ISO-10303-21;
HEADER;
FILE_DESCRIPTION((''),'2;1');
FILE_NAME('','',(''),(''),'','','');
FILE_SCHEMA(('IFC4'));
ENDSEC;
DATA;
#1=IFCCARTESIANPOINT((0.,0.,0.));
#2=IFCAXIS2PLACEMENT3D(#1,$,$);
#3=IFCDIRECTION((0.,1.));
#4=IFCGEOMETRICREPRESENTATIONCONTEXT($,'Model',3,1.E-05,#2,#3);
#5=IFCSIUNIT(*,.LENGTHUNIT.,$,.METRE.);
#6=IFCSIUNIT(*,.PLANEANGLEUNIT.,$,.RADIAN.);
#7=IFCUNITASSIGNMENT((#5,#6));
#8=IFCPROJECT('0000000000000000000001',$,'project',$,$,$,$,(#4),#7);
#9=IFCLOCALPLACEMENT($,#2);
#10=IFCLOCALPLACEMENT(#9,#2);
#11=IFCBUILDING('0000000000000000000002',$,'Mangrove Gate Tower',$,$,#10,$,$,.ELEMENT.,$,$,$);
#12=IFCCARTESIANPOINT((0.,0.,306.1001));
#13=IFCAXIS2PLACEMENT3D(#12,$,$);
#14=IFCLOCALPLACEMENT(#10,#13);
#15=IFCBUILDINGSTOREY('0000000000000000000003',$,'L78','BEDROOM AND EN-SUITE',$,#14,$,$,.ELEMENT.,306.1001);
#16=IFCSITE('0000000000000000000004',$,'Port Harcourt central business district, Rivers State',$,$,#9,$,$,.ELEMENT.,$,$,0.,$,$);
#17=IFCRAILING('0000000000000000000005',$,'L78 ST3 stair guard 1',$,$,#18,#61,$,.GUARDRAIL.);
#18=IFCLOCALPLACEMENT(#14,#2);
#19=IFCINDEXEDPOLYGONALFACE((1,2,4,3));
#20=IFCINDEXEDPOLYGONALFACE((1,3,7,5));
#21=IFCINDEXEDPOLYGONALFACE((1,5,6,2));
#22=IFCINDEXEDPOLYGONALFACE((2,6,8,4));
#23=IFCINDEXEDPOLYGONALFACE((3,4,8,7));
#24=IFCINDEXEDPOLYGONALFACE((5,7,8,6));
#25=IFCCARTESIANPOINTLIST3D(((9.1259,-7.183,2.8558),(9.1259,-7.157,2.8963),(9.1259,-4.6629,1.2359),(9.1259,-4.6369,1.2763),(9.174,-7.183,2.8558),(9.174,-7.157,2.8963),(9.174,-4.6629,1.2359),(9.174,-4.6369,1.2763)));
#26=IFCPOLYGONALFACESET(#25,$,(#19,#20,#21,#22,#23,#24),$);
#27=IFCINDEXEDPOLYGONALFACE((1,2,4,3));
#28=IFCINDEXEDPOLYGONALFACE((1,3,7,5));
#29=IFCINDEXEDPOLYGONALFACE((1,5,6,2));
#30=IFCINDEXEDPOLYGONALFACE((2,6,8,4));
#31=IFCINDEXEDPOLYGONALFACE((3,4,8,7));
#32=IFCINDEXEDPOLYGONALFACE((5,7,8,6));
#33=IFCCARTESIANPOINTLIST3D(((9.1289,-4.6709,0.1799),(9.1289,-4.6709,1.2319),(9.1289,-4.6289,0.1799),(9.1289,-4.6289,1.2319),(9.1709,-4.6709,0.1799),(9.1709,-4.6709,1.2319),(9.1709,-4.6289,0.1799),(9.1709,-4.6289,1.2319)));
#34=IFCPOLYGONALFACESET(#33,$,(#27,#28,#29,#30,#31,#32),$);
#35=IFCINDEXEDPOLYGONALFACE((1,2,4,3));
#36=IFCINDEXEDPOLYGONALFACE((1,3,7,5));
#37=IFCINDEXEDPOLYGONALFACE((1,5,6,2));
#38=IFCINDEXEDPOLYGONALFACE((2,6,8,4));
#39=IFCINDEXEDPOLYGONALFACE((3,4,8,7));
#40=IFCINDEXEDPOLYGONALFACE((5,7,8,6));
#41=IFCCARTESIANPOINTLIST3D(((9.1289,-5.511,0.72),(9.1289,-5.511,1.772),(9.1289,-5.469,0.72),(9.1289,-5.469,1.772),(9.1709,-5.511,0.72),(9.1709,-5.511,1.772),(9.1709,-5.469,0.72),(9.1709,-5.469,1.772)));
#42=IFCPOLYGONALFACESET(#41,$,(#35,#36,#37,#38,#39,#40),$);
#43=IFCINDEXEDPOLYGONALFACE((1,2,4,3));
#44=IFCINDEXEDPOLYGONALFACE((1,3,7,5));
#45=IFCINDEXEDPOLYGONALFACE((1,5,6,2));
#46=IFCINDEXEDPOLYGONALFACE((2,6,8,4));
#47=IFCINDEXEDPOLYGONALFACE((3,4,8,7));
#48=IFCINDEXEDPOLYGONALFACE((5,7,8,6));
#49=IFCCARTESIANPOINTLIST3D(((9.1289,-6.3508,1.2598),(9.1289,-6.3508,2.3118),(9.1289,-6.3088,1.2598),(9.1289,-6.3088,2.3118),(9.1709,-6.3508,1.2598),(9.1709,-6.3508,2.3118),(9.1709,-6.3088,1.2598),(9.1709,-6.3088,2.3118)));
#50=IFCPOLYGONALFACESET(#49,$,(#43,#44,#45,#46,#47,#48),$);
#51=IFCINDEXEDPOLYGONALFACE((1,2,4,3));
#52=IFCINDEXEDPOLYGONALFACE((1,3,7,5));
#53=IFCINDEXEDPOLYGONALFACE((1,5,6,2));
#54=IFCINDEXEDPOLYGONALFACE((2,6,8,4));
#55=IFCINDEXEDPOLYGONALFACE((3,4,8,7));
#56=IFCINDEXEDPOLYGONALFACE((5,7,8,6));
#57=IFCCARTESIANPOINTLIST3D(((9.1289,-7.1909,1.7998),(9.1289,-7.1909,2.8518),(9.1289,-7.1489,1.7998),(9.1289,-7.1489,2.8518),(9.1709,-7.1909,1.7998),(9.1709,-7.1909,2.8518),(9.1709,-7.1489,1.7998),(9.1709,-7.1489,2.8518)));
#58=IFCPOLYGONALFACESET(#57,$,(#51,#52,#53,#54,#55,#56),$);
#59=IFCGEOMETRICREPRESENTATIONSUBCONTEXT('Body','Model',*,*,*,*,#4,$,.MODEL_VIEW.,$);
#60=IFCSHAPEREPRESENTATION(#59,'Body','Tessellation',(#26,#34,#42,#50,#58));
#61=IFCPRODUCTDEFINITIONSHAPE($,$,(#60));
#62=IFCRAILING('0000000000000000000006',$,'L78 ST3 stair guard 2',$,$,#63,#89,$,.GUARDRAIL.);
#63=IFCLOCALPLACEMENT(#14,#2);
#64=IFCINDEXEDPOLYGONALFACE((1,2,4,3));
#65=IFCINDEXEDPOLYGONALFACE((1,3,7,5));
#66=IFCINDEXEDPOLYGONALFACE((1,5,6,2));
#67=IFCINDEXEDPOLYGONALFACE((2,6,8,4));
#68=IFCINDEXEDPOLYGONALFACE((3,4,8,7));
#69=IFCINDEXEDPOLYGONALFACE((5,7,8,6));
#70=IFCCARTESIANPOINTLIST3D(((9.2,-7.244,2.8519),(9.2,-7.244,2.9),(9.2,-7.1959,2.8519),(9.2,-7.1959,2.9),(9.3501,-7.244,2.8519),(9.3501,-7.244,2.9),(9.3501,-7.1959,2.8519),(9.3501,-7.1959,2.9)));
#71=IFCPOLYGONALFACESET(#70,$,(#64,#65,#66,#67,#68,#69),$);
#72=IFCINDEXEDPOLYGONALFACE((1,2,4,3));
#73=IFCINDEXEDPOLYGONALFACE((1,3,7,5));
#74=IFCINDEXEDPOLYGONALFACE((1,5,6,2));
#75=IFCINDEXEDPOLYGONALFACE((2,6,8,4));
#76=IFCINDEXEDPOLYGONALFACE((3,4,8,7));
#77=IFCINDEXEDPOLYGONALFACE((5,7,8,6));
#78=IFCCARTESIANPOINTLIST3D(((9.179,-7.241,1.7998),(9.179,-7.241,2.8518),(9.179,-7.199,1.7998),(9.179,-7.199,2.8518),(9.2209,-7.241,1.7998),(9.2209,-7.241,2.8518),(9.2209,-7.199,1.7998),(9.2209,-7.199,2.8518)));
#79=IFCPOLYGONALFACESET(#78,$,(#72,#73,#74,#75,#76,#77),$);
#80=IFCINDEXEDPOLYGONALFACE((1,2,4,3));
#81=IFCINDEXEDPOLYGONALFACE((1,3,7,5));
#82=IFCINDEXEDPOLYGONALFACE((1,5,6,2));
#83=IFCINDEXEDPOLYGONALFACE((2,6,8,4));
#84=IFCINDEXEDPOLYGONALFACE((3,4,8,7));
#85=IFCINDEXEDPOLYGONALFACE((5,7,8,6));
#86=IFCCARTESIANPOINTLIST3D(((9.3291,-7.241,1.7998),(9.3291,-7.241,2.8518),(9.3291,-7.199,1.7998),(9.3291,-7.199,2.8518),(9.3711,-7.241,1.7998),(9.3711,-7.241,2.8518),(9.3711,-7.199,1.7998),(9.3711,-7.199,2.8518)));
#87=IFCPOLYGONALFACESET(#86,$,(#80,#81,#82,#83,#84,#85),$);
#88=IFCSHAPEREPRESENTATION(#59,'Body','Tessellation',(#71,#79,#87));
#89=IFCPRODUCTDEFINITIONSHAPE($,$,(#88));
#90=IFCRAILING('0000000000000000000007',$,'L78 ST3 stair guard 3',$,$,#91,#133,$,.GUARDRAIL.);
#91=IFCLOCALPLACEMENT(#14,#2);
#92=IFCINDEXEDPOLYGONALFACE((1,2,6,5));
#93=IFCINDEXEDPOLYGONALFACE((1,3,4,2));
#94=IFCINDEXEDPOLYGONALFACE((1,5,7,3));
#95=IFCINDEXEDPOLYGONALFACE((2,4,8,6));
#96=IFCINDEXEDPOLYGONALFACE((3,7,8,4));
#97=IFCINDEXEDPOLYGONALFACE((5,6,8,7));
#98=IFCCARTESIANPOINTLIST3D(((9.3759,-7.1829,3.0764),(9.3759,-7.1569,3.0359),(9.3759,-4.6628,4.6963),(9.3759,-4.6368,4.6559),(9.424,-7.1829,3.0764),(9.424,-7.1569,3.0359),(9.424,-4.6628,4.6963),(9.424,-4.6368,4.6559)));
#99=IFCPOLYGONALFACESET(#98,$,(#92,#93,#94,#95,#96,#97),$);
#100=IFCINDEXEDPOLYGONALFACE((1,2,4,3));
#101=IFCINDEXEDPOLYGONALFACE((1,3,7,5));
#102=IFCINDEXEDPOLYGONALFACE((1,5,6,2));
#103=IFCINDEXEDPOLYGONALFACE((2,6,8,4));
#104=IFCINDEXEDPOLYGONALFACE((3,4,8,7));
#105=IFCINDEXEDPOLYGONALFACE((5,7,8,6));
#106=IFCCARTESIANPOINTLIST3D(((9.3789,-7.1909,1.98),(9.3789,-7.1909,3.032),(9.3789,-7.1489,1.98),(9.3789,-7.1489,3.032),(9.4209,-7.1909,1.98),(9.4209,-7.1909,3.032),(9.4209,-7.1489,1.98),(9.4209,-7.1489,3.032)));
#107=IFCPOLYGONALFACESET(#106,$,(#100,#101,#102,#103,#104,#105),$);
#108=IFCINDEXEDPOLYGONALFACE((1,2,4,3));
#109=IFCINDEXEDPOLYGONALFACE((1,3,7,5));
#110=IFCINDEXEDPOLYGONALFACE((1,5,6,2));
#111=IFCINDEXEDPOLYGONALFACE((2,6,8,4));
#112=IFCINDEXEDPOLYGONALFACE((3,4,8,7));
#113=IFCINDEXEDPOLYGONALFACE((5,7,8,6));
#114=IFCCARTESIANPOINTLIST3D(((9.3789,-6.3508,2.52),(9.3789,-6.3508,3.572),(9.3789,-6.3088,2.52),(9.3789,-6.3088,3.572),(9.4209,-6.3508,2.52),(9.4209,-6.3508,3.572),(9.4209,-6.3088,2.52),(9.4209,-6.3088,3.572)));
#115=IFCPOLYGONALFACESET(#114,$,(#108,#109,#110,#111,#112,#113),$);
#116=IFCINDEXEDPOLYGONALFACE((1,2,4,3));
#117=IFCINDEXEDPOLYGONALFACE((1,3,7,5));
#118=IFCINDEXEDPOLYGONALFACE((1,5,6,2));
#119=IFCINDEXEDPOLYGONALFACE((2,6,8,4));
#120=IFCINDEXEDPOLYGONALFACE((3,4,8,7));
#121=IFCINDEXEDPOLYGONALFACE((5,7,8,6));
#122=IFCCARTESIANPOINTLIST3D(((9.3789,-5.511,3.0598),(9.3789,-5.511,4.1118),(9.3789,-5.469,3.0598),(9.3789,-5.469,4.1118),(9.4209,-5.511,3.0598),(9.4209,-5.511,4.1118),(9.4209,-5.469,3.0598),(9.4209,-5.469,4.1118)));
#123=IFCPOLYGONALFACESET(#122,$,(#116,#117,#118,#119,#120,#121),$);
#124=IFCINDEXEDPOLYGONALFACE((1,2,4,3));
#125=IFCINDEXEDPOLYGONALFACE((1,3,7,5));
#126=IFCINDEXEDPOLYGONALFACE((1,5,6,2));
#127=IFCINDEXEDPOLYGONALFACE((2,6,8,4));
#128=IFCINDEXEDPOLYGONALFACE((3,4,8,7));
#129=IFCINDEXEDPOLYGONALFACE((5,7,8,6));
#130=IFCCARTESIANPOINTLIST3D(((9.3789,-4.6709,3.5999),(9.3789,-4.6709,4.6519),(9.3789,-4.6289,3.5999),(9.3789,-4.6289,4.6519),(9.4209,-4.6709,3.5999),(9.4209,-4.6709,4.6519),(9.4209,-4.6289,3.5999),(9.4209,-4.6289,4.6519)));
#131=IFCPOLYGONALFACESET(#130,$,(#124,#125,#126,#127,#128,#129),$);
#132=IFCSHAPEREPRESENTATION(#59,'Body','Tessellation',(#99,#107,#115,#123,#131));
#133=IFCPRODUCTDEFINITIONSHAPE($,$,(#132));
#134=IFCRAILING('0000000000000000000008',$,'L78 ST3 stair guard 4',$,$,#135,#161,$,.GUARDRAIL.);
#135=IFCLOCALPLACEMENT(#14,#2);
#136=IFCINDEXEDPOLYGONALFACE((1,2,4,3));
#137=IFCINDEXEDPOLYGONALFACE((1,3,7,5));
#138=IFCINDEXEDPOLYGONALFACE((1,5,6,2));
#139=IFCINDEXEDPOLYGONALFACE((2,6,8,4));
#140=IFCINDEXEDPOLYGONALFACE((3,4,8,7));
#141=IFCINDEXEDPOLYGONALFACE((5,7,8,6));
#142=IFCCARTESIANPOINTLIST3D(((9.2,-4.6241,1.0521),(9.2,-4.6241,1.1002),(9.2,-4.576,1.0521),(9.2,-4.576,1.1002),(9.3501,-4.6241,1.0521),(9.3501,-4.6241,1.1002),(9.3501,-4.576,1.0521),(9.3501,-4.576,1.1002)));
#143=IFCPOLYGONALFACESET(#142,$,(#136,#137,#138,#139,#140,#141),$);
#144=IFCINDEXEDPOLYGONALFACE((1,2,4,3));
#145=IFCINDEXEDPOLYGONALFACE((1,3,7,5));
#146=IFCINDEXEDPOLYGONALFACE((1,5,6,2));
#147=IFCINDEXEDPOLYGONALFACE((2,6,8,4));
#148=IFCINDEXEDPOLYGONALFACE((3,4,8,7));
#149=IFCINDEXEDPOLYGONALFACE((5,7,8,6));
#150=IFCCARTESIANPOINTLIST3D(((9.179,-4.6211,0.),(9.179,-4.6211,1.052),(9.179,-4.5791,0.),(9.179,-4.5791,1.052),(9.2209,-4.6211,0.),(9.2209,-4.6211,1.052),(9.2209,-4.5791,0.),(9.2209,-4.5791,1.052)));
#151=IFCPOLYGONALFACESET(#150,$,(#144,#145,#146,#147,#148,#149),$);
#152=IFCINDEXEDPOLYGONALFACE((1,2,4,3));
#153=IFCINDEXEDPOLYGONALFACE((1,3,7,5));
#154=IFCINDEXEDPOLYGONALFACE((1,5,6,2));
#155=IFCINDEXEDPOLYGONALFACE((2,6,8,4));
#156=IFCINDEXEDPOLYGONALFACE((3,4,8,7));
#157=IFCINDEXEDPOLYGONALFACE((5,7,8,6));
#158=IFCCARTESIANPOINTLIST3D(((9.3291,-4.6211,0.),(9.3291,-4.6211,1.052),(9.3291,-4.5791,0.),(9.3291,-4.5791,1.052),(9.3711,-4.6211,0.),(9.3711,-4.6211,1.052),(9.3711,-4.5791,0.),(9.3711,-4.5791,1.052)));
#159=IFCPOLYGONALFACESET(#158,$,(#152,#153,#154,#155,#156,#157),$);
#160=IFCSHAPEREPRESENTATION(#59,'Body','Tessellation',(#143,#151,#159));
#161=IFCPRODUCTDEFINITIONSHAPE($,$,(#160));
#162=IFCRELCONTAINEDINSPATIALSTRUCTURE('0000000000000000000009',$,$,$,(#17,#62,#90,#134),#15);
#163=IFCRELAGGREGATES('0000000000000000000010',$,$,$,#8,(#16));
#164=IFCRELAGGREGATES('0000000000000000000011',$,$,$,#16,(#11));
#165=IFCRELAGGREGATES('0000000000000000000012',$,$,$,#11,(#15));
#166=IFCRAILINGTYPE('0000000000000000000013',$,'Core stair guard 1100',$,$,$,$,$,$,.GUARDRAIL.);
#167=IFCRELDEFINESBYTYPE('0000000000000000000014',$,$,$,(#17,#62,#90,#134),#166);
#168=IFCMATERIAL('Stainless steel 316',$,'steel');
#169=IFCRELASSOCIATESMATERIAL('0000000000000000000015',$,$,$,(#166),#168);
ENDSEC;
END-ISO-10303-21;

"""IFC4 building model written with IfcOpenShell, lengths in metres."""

from ifc_helpers import new_model, si_unit, direction, frame, origin, origin_2d, place, context, subcontext, project, spatial, rectangle, extrude, material, type_object, element, save


model = new_model("IFC4")

# Units and contexts
model_context = context("Model", 3, precision=1e-05, world=origin(), true_north=direction((0.0, 1.0)))
body_context = subcontext(model_context, "Body", "Model", "MODEL_VIEW")
ifc_project = project(units=[si_unit("LENGTHUNIT", "METRE"), si_unit("PLANEANGLEUNIT", "RADIAN")], contexts=[model_context])

# Site, building, storey
site_placement = place(None, origin())
site = spatial("IfcSite", under=ifc_project, at=site_placement, Name="Port Harcourt central business district, Rivers State", CompositionType="ELEMENT", RefElevation=0.0)
building_placement = place(site_placement, origin())
building = spatial("IfcBuilding", under=site, at=building_placement, Name="Mangrove Gate Tower", CompositionType="ELEMENT")
storey_placement = place(building_placement, frame((0.0, 0.0, 306.1001)))
storey = spatial("IfcBuildingStorey", under=building, at=storey_placement, Name="L78", Description="BEDROOM AND EN-SUITE", CompositionType="ELEMENT", Elevation=306.1001)

# Railings
ifc_material_1 = material(Name="Stainless steel 316", Category="steel")
railing_type_1 = type_object("IfcRailingType", Name="Core stair guard 1100", PredefinedType="GUARDRAIL", material=ifc_material_1)
railing_1_placement = place(storey_placement, frame((9.1499, -4.6499, 0.1799)))
element("IfcRailing", 1, at=railing_1_placement, inside=storey, type_object=railing_type_1, Name="L78 ST3 stair guard 1", PredefinedType="GUARDRAIL", context=body_context, shape_type="SweptSolid", body=[
    extrude(rectangle(XDim=0.0481, YDim=0.0481, at=origin_2d()), frame((0.0, 0.0, 1.0762), z_axis=(0.0, -0.8412, 0.540725), x_axis=(1.0, 0.0, 0.0)), (0.0, 0.0, 1.0), 2.9958),
    extrude(rectangle(XDim=0.042, YDim=0.042, at=origin_2d()), origin(), (0.0, 0.0, 1.0), 1.052),
    extrude(rectangle(XDim=0.042, YDim=0.042, at=origin_2d()), frame((0.0, -0.8401, 0.54)), (0.0, 0.0, 1.0), 1.052),
    extrude(rectangle(XDim=0.042, YDim=0.042, at=origin_2d()), frame((0.0, -1.6799, 1.0798)), (0.0, 0.0, 1.0), 1.052),
    extrude(rectangle(XDim=0.042, YDim=0.042, at=origin_2d()), frame((0.0, -2.52, 1.6199)), (0.0, 0.0, 1.0), 1.052),
])
railing_2_placement = place(storey_placement, frame((9.2, -7.22, 1.7998)))
element("IfcRailing", 2, at=railing_2_placement, inside=storey, type_object=railing_type_1, Name="L78 ST3 stair guard 2", PredefinedType="GUARDRAIL", context=body_context, shape_type="SweptSolid", body=[
    extrude(rectangle(XDim=0.0481, YDim=0.0481, at=origin_2d()), frame((0.0, 0.0, 1.0762), z_axis=(1.0, 0.0, 0.0), x_axis=(0.0, 1.0, 0.0)), (0.0, 0.0, 1.0), 0.1501),
    extrude(rectangle(XDim=0.042, YDim=0.042, at=origin_2d()), origin(), (0.0, 0.0, 1.0), 1.052),
    extrude(rectangle(XDim=0.042, YDim=0.042, at=origin_2d()), frame((0.1501, 0.0, 0.0)), (0.0, 0.0, 1.0), 1.052),
])
railing_3_placement = place(storey_placement, frame((9.3999, -7.1699, 1.98)))
element("IfcRailing", 3, at=railing_3_placement, inside=storey, type_object=railing_type_1, Name="L78 ST3 stair guard 3", PredefinedType="GUARDRAIL", context=body_context, shape_type="SweptSolid", body=[
    extrude(rectangle(XDim=0.0481, YDim=0.0481, at=origin_2d()), frame((0.0, 0.0, 1.0762), z_axis=(0.0, 0.8412, 0.540725), x_axis=(-1.0, 0.0, 0.0)), (0.0, 0.0, 1.0), 2.9958),
    extrude(rectangle(XDim=0.042, YDim=0.042, at=origin_2d()), origin(), (0.0, 0.0, 1.0), 1.052),
    extrude(rectangle(XDim=0.042, YDim=0.042, at=origin_2d()), frame((0.0, 0.8401, 0.54)), (0.0, 0.0, 1.0), 1.052),
    extrude(rectangle(XDim=0.042, YDim=0.042, at=origin_2d()), frame((0.0, 1.6799, 1.0798)), (0.0, 0.0, 1.0), 1.052),
    extrude(rectangle(XDim=0.042, YDim=0.042, at=origin_2d()), frame((0.0, 2.52, 1.6199)), (0.0, 0.0, 1.0), 1.052),
])
railing_4_placement = place(storey_placement, frame((9.2, -4.6001, 0.0)))
element("IfcRailing", 4, at=railing_4_placement, inside=storey, type_object=railing_type_1, Name="L78 ST3 stair guard 4", PredefinedType="GUARDRAIL", context=body_context, shape_type="SweptSolid", body=[
    extrude(rectangle(XDim=0.0481, YDim=0.0481, at=origin_2d()), frame((0.0, 0.0, 1.0762), z_axis=(1.0, 0.0, 0.0), x_axis=(0.0, 1.0, 0.0)), (0.0, 0.0, 1.0), 0.1501),
    extrude(rectangle(XDim=0.042, YDim=0.042, at=origin_2d()), origin(), (0.0, 0.0, 1.0), 1.052),
    extrude(rectangle(XDim=0.042, YDim=0.042, at=origin_2d()), frame((0.1501, 0.0, 0.0)), (0.0, 0.0, 1.0), 1.052),
])

save(model, "model.ifc")
